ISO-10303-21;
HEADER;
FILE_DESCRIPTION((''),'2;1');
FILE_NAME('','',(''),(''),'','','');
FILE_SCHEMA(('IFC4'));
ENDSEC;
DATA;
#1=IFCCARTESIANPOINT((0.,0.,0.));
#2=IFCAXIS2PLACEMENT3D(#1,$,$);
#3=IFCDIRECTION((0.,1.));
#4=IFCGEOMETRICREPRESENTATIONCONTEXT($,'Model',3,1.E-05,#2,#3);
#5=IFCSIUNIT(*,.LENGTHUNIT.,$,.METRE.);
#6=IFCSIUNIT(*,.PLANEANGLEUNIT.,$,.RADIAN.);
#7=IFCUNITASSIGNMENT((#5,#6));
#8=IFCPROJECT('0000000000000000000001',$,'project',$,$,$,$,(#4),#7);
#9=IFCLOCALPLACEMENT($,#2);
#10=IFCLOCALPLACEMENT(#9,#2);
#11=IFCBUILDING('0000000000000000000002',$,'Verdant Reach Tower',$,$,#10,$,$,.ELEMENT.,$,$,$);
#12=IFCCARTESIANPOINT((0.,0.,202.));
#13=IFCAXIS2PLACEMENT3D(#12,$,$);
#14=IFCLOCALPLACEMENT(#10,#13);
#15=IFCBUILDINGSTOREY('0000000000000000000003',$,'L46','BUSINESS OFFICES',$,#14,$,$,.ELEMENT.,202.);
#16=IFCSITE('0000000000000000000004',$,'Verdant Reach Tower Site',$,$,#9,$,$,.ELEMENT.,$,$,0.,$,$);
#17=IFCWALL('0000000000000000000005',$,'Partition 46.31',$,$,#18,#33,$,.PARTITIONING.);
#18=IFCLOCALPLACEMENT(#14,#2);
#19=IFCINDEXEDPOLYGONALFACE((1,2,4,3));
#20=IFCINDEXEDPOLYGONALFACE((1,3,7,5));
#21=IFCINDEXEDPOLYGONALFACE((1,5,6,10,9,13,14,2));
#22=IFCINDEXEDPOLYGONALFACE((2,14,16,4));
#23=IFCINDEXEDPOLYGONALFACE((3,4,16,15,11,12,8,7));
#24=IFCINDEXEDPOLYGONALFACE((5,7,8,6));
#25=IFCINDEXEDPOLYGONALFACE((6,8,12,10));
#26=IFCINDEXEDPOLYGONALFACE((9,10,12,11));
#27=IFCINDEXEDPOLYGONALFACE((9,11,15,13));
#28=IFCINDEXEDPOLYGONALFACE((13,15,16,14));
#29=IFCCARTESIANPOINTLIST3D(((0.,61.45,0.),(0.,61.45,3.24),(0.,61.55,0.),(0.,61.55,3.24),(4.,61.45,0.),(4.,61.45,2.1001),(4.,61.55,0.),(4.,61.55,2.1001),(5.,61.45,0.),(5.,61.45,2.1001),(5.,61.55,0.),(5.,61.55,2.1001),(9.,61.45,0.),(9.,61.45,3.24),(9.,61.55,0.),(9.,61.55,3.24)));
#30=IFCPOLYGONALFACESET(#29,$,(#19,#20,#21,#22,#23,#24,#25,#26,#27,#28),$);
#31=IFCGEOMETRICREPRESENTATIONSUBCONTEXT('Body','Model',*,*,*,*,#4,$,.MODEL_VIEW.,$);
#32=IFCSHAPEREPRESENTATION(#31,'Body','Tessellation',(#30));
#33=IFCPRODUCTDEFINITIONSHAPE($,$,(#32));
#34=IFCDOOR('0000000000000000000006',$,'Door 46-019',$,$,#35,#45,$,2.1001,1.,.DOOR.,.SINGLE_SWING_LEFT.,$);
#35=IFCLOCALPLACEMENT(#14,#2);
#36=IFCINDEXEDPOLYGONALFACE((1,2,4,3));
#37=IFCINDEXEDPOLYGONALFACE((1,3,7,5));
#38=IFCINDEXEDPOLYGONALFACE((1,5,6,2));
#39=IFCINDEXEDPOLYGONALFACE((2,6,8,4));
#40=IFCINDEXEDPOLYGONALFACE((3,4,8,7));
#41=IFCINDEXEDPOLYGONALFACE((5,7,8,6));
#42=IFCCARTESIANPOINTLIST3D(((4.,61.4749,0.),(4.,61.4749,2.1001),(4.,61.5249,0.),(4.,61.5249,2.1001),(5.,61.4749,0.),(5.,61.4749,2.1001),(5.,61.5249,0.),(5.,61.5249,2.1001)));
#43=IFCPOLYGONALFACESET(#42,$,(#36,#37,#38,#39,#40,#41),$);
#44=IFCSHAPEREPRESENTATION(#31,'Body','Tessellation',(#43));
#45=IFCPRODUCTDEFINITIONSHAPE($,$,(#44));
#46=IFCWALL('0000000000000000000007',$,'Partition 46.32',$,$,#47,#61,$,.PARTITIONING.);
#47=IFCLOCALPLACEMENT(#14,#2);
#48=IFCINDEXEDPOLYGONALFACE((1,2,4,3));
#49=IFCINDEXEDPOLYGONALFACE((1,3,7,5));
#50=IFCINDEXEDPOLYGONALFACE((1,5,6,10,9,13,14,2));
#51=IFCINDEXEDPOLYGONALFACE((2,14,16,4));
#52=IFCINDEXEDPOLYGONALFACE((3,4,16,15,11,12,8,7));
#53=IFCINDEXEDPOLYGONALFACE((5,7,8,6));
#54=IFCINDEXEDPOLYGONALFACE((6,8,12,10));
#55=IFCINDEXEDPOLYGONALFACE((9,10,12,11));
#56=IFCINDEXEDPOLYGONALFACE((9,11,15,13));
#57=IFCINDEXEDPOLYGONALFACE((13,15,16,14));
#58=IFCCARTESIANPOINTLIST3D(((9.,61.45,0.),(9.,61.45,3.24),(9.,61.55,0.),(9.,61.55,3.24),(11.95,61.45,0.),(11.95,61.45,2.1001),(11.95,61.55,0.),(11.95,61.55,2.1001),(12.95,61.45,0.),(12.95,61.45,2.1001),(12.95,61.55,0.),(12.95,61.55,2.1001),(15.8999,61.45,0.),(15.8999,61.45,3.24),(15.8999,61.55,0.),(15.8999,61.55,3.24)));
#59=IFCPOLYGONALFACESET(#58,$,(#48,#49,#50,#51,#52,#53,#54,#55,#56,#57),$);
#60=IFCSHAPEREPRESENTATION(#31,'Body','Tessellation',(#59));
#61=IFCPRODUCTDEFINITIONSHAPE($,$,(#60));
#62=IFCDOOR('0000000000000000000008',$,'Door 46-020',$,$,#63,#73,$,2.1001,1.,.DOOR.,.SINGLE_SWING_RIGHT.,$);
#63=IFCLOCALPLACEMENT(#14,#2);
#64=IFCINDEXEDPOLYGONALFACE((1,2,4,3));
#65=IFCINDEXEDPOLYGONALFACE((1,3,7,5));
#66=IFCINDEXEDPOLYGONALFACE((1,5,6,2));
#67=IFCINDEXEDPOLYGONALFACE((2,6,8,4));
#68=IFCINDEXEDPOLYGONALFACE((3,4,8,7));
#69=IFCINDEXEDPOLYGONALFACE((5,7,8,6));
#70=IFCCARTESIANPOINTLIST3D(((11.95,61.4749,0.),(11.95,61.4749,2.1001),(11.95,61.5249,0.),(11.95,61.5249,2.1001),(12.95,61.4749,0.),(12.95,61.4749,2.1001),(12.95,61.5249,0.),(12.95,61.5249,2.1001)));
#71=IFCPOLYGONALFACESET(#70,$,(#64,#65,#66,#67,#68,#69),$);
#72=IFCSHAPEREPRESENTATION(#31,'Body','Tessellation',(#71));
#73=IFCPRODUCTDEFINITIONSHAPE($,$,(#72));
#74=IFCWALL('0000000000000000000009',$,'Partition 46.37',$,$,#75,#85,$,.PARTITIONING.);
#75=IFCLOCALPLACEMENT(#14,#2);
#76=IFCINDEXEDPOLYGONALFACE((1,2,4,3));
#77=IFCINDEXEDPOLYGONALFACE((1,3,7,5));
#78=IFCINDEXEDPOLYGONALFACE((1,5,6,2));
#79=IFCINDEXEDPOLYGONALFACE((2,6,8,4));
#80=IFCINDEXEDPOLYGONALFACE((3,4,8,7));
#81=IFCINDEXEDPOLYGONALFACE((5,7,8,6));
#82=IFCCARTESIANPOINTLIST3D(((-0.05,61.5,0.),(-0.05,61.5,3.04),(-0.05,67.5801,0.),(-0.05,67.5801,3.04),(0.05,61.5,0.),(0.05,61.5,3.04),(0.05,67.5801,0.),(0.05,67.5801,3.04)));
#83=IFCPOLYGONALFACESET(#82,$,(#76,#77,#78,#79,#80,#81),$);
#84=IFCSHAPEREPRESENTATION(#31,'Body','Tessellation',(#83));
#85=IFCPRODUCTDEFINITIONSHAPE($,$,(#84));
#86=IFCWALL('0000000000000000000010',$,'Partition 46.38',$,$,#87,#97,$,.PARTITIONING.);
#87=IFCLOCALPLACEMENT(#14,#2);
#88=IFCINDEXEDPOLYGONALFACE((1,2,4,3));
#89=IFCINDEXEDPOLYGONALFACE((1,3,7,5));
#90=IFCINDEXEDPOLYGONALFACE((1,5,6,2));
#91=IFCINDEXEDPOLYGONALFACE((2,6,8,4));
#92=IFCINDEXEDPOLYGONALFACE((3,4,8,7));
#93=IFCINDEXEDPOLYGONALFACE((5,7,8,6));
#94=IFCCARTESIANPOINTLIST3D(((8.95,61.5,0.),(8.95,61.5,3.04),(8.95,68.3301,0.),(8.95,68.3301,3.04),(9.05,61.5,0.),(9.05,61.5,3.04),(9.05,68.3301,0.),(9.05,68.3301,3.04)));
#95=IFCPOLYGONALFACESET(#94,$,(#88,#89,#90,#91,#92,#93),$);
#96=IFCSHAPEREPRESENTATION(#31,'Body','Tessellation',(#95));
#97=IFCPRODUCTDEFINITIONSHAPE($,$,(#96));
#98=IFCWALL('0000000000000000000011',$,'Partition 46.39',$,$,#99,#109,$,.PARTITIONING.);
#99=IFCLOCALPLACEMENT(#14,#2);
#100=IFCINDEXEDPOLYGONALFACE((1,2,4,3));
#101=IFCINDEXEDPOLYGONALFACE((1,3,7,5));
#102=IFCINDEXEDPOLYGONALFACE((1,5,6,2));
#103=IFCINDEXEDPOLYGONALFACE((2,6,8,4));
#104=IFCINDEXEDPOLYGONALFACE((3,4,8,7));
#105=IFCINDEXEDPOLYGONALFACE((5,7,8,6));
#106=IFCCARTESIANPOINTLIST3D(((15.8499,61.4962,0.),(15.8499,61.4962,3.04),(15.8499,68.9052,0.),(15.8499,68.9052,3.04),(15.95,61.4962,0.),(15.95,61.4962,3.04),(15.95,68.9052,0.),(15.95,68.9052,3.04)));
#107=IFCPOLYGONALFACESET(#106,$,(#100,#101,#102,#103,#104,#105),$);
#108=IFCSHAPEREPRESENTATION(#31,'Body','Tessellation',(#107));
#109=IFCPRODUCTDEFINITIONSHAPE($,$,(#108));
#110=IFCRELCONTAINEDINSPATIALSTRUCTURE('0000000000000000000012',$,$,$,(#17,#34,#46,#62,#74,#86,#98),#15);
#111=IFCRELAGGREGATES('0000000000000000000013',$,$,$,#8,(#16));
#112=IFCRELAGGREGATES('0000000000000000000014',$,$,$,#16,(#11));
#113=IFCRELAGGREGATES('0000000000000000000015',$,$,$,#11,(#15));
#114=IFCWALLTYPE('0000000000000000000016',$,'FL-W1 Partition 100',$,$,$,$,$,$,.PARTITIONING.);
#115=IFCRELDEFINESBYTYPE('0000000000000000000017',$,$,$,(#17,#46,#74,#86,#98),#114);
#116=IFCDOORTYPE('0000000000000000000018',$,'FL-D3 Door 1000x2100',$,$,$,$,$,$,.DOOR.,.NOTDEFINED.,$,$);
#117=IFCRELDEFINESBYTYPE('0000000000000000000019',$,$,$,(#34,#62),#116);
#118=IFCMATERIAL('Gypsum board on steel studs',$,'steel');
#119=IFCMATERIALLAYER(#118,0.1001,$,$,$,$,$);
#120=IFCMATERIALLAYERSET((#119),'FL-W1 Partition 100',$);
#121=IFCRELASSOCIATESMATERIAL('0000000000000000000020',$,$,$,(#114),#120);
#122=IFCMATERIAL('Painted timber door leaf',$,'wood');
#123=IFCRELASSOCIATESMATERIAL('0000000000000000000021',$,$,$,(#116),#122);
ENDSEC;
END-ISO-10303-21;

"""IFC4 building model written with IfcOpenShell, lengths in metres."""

from ifc_helpers import new_model, si_unit, direction, frame, frame_2d, origin, place, context, subcontext, project, spatial, rectangle, extrude, material, layer, layer_set, type_object, element, fill, save


model = new_model("IFC4")

# Units and contexts
model_context = context("Model", 3, precision=1e-05, world=origin(), true_north=direction((0.0, 1.0)))
body_context = subcontext(model_context, "Body", "Model", "MODEL_VIEW")
ifc_project = project(units=[si_unit("LENGTHUNIT", "METRE"), si_unit("PLANEANGLEUNIT", "RADIAN")], contexts=[model_context])

# Site, building, storey
site_placement = place(None, origin())
site = spatial("IfcSite", under=ifc_project, at=site_placement, Name="Verdant Reach Tower Site", CompositionType="ELEMENT", RefElevation=0.0)
building_placement = place(site_placement, origin())
building = spatial("IfcBuilding", under=site, at=building_placement, Name="Verdant Reach Tower", CompositionType="ELEMENT")
storey_placement = place(building_placement, frame((0.0, 0.0, 202.0)))
storey = spatial("IfcBuildingStorey", under=building, at=storey_placement, Name="L46", Description="BUSINESS OFFICES", CompositionType="ELEMENT", Elevation=202.0)

# Walls, openings, doors
ifc_material_1 = material(Name="Gypsum board on steel studs", Category="steel")
ifc_layer_1 = layer(ifc_material_1, 0.1001)
ifc_layer_set_1 = layer_set([ifc_layer_1], Name="FL-W1 Partition 100")
wall_type = type_object("IfcWallType", Name="FL-W1 Partition 100", PredefinedType="PARTITIONING", material=ifc_layer_set_1)
wall_1_placement = place(storey_placement, frame((0.0, 61.5, 0.0), z_axis=(0.0, 0.0, 1.0), x_axis=(1.0, 0.0, 0.0)))
wall_1 = element("IfcWall", 1, at=wall_1_placement, inside=storey, type_object=wall_type, Name="Partition 46.31", PredefinedType="PARTITIONING", context=body_context, shape_type="SweptSolid", body=[
    extrude(rectangle(XDim=9.0, YDim=0.1001, at=frame_2d((4.5, 0.0))), origin(), (0.0, 0.0, 1.0), 3.24),
])
opening_1_placement = place(wall_1_placement, frame((4.0, 0.0, 0.0)))
opening_1 = element("IfcOpeningElement", 2, at=opening_1_placement, cuts=wall_1, PredefinedType="OPENING", context=body_context, shape_type="SweptSolid", body=[
    extrude(rectangle(XDim=1.0, YDim=2.1001, at=frame_2d((0.5, 1.05))), frame((0.0, 0.0601, 0.0), z_axis=(0.0, -1.0, 0.0), x_axis=(1.0, 0.0, 0.0)), (0.0, 0.0, 1.0), 0.1201),
])
ifc_material_2 = material(Name="Painted timber door leaf", Category="wood")
door_type = type_object("IfcDoorType", Name="FL-D3 Door 1000x2100", OperationType="NOTDEFINED", PredefinedType="DOOR", material=ifc_material_2)
door_1_placement = place(opening_1_placement, origin())
door_1 = element("IfcDoor", 3, at=door_1_placement, inside=storey, type_object=door_type, Name="Door 46-019", OperationType="SINGLE_SWING_LEFT", OverallHeight=2.1001, OverallWidth=1.0, PredefinedType="DOOR", context=body_context, shape_type="SweptSolid", body=[
    extrude(rectangle(XDim=1.0, YDim=2.1001, at=frame_2d((0.5, 1.05))), frame((0.0, 0.0249, 0.0), z_axis=(0.0, -1.0, 0.0), x_axis=(1.0, 0.0, 0.0)), (0.0, 0.0, 1.0), 0.05),
])
fill(opening_1, door_1)
wall_2_placement = place(storey_placement, frame((9.0, 61.5, 0.0), z_axis=(0.0, 0.0, 1.0), x_axis=(1.0, 0.0, 0.0)))
wall_2 = element("IfcWall", 4, at=wall_2_placement, inside=storey, type_object=wall_type, Name="Partition 46.32", PredefinedType="PARTITIONING", context=body_context, shape_type="SweptSolid", body=[
    extrude(rectangle(XDim=6.8999, YDim=0.1001, at=frame_2d((3.45, 0.0))), origin(), (0.0, 0.0, 1.0), 3.24),
])
opening_2_placement = place(wall_2_placement, frame((2.95, 0.0, 0.0)))
opening_2 = element("IfcOpeningElement", 5, at=opening_2_placement, cuts=wall_2, PredefinedType="OPENING", context=body_context, shape_type="SweptSolid", body=[
    extrude(rectangle(XDim=1.0, YDim=2.1001, at=frame_2d((0.5, 1.05))), frame((0.0, 0.0601, 0.0), z_axis=(0.0, -1.0, 0.0), x_axis=(1.0, 0.0, 0.0)), (0.0, 0.0, 1.0), 0.1201),
])
door_2_placement = place(opening_2_placement, origin())
door_2 = element("IfcDoor", 6, at=door_2_placement, inside=storey, type_object=door_type, Name="Door 46-020", OperationType="SINGLE_SWING_RIGHT", OverallHeight=2.1001, OverallWidth=1.0, PredefinedType="DOOR", context=body_context, shape_type="SweptSolid", body=[
    extrude(rectangle(XDim=1.0, YDim=2.1001, at=frame_2d((0.5, 1.05))), frame((0.0, 0.0249, 0.0), z_axis=(0.0, -1.0, 0.0), x_axis=(1.0, 0.0, 0.0)), (0.0, 0.0, 1.0), 0.05),
])
fill(opening_2, door_2)

# Walls
wall_3_placement = place(storey_placement, frame((0.0, 61.5, 0.0), z_axis=(0.0, 0.0, 1.0), x_axis=(0.0, 1.0, 0.0)))
element("IfcWall", 7, at=wall_3_placement, inside=storey, type_object=wall_type, Name="Partition 46.37", PredefinedType="PARTITIONING", context=body_context, shape_type="SweptSolid", body=[
    extrude(rectangle(XDim=6.0801, YDim=0.1001, at=frame_2d((3.04, 0.0))), origin(), (0.0, 0.0, 1.0), 3.04),
])
wall_4_placement = place(storey_placement, frame((9.0, 61.5, 0.0), z_axis=(0.0, 0.0, 1.0), x_axis=(0.0, 1.0, 0.0)))
element("IfcWall", 8, at=wall_4_placement, inside=storey, type_object=wall_type, Name="Partition 46.38", PredefinedType="PARTITIONING", context=body_context, shape_type="SweptSolid", body=[
    extrude(rectangle(XDim=6.8301, YDim=0.1001, at=frame_2d((3.415, 0.0))), origin(), (0.0, 0.0, 1.0), 3.04),
])
wall_5_placement = place(storey_placement, frame((15.8999, 61.4961, 0.0), z_axis=(0.0, 0.0, 1.0), x_axis=(0.0, 1.0, 0.0)))
element("IfcWall", 9, at=wall_5_placement, inside=storey, type_object=wall_type, Name="Partition 46.39", PredefinedType="PARTITIONING", context=body_context, shape_type="SweptSolid", body=[
    extrude(rectangle(XDim=7.4089, YDim=0.1001, at=frame_2d((3.7046, 0.0))), origin(), (0.0, 0.0, 1.0), 3.04),
])

save(model, "model.ifc")
